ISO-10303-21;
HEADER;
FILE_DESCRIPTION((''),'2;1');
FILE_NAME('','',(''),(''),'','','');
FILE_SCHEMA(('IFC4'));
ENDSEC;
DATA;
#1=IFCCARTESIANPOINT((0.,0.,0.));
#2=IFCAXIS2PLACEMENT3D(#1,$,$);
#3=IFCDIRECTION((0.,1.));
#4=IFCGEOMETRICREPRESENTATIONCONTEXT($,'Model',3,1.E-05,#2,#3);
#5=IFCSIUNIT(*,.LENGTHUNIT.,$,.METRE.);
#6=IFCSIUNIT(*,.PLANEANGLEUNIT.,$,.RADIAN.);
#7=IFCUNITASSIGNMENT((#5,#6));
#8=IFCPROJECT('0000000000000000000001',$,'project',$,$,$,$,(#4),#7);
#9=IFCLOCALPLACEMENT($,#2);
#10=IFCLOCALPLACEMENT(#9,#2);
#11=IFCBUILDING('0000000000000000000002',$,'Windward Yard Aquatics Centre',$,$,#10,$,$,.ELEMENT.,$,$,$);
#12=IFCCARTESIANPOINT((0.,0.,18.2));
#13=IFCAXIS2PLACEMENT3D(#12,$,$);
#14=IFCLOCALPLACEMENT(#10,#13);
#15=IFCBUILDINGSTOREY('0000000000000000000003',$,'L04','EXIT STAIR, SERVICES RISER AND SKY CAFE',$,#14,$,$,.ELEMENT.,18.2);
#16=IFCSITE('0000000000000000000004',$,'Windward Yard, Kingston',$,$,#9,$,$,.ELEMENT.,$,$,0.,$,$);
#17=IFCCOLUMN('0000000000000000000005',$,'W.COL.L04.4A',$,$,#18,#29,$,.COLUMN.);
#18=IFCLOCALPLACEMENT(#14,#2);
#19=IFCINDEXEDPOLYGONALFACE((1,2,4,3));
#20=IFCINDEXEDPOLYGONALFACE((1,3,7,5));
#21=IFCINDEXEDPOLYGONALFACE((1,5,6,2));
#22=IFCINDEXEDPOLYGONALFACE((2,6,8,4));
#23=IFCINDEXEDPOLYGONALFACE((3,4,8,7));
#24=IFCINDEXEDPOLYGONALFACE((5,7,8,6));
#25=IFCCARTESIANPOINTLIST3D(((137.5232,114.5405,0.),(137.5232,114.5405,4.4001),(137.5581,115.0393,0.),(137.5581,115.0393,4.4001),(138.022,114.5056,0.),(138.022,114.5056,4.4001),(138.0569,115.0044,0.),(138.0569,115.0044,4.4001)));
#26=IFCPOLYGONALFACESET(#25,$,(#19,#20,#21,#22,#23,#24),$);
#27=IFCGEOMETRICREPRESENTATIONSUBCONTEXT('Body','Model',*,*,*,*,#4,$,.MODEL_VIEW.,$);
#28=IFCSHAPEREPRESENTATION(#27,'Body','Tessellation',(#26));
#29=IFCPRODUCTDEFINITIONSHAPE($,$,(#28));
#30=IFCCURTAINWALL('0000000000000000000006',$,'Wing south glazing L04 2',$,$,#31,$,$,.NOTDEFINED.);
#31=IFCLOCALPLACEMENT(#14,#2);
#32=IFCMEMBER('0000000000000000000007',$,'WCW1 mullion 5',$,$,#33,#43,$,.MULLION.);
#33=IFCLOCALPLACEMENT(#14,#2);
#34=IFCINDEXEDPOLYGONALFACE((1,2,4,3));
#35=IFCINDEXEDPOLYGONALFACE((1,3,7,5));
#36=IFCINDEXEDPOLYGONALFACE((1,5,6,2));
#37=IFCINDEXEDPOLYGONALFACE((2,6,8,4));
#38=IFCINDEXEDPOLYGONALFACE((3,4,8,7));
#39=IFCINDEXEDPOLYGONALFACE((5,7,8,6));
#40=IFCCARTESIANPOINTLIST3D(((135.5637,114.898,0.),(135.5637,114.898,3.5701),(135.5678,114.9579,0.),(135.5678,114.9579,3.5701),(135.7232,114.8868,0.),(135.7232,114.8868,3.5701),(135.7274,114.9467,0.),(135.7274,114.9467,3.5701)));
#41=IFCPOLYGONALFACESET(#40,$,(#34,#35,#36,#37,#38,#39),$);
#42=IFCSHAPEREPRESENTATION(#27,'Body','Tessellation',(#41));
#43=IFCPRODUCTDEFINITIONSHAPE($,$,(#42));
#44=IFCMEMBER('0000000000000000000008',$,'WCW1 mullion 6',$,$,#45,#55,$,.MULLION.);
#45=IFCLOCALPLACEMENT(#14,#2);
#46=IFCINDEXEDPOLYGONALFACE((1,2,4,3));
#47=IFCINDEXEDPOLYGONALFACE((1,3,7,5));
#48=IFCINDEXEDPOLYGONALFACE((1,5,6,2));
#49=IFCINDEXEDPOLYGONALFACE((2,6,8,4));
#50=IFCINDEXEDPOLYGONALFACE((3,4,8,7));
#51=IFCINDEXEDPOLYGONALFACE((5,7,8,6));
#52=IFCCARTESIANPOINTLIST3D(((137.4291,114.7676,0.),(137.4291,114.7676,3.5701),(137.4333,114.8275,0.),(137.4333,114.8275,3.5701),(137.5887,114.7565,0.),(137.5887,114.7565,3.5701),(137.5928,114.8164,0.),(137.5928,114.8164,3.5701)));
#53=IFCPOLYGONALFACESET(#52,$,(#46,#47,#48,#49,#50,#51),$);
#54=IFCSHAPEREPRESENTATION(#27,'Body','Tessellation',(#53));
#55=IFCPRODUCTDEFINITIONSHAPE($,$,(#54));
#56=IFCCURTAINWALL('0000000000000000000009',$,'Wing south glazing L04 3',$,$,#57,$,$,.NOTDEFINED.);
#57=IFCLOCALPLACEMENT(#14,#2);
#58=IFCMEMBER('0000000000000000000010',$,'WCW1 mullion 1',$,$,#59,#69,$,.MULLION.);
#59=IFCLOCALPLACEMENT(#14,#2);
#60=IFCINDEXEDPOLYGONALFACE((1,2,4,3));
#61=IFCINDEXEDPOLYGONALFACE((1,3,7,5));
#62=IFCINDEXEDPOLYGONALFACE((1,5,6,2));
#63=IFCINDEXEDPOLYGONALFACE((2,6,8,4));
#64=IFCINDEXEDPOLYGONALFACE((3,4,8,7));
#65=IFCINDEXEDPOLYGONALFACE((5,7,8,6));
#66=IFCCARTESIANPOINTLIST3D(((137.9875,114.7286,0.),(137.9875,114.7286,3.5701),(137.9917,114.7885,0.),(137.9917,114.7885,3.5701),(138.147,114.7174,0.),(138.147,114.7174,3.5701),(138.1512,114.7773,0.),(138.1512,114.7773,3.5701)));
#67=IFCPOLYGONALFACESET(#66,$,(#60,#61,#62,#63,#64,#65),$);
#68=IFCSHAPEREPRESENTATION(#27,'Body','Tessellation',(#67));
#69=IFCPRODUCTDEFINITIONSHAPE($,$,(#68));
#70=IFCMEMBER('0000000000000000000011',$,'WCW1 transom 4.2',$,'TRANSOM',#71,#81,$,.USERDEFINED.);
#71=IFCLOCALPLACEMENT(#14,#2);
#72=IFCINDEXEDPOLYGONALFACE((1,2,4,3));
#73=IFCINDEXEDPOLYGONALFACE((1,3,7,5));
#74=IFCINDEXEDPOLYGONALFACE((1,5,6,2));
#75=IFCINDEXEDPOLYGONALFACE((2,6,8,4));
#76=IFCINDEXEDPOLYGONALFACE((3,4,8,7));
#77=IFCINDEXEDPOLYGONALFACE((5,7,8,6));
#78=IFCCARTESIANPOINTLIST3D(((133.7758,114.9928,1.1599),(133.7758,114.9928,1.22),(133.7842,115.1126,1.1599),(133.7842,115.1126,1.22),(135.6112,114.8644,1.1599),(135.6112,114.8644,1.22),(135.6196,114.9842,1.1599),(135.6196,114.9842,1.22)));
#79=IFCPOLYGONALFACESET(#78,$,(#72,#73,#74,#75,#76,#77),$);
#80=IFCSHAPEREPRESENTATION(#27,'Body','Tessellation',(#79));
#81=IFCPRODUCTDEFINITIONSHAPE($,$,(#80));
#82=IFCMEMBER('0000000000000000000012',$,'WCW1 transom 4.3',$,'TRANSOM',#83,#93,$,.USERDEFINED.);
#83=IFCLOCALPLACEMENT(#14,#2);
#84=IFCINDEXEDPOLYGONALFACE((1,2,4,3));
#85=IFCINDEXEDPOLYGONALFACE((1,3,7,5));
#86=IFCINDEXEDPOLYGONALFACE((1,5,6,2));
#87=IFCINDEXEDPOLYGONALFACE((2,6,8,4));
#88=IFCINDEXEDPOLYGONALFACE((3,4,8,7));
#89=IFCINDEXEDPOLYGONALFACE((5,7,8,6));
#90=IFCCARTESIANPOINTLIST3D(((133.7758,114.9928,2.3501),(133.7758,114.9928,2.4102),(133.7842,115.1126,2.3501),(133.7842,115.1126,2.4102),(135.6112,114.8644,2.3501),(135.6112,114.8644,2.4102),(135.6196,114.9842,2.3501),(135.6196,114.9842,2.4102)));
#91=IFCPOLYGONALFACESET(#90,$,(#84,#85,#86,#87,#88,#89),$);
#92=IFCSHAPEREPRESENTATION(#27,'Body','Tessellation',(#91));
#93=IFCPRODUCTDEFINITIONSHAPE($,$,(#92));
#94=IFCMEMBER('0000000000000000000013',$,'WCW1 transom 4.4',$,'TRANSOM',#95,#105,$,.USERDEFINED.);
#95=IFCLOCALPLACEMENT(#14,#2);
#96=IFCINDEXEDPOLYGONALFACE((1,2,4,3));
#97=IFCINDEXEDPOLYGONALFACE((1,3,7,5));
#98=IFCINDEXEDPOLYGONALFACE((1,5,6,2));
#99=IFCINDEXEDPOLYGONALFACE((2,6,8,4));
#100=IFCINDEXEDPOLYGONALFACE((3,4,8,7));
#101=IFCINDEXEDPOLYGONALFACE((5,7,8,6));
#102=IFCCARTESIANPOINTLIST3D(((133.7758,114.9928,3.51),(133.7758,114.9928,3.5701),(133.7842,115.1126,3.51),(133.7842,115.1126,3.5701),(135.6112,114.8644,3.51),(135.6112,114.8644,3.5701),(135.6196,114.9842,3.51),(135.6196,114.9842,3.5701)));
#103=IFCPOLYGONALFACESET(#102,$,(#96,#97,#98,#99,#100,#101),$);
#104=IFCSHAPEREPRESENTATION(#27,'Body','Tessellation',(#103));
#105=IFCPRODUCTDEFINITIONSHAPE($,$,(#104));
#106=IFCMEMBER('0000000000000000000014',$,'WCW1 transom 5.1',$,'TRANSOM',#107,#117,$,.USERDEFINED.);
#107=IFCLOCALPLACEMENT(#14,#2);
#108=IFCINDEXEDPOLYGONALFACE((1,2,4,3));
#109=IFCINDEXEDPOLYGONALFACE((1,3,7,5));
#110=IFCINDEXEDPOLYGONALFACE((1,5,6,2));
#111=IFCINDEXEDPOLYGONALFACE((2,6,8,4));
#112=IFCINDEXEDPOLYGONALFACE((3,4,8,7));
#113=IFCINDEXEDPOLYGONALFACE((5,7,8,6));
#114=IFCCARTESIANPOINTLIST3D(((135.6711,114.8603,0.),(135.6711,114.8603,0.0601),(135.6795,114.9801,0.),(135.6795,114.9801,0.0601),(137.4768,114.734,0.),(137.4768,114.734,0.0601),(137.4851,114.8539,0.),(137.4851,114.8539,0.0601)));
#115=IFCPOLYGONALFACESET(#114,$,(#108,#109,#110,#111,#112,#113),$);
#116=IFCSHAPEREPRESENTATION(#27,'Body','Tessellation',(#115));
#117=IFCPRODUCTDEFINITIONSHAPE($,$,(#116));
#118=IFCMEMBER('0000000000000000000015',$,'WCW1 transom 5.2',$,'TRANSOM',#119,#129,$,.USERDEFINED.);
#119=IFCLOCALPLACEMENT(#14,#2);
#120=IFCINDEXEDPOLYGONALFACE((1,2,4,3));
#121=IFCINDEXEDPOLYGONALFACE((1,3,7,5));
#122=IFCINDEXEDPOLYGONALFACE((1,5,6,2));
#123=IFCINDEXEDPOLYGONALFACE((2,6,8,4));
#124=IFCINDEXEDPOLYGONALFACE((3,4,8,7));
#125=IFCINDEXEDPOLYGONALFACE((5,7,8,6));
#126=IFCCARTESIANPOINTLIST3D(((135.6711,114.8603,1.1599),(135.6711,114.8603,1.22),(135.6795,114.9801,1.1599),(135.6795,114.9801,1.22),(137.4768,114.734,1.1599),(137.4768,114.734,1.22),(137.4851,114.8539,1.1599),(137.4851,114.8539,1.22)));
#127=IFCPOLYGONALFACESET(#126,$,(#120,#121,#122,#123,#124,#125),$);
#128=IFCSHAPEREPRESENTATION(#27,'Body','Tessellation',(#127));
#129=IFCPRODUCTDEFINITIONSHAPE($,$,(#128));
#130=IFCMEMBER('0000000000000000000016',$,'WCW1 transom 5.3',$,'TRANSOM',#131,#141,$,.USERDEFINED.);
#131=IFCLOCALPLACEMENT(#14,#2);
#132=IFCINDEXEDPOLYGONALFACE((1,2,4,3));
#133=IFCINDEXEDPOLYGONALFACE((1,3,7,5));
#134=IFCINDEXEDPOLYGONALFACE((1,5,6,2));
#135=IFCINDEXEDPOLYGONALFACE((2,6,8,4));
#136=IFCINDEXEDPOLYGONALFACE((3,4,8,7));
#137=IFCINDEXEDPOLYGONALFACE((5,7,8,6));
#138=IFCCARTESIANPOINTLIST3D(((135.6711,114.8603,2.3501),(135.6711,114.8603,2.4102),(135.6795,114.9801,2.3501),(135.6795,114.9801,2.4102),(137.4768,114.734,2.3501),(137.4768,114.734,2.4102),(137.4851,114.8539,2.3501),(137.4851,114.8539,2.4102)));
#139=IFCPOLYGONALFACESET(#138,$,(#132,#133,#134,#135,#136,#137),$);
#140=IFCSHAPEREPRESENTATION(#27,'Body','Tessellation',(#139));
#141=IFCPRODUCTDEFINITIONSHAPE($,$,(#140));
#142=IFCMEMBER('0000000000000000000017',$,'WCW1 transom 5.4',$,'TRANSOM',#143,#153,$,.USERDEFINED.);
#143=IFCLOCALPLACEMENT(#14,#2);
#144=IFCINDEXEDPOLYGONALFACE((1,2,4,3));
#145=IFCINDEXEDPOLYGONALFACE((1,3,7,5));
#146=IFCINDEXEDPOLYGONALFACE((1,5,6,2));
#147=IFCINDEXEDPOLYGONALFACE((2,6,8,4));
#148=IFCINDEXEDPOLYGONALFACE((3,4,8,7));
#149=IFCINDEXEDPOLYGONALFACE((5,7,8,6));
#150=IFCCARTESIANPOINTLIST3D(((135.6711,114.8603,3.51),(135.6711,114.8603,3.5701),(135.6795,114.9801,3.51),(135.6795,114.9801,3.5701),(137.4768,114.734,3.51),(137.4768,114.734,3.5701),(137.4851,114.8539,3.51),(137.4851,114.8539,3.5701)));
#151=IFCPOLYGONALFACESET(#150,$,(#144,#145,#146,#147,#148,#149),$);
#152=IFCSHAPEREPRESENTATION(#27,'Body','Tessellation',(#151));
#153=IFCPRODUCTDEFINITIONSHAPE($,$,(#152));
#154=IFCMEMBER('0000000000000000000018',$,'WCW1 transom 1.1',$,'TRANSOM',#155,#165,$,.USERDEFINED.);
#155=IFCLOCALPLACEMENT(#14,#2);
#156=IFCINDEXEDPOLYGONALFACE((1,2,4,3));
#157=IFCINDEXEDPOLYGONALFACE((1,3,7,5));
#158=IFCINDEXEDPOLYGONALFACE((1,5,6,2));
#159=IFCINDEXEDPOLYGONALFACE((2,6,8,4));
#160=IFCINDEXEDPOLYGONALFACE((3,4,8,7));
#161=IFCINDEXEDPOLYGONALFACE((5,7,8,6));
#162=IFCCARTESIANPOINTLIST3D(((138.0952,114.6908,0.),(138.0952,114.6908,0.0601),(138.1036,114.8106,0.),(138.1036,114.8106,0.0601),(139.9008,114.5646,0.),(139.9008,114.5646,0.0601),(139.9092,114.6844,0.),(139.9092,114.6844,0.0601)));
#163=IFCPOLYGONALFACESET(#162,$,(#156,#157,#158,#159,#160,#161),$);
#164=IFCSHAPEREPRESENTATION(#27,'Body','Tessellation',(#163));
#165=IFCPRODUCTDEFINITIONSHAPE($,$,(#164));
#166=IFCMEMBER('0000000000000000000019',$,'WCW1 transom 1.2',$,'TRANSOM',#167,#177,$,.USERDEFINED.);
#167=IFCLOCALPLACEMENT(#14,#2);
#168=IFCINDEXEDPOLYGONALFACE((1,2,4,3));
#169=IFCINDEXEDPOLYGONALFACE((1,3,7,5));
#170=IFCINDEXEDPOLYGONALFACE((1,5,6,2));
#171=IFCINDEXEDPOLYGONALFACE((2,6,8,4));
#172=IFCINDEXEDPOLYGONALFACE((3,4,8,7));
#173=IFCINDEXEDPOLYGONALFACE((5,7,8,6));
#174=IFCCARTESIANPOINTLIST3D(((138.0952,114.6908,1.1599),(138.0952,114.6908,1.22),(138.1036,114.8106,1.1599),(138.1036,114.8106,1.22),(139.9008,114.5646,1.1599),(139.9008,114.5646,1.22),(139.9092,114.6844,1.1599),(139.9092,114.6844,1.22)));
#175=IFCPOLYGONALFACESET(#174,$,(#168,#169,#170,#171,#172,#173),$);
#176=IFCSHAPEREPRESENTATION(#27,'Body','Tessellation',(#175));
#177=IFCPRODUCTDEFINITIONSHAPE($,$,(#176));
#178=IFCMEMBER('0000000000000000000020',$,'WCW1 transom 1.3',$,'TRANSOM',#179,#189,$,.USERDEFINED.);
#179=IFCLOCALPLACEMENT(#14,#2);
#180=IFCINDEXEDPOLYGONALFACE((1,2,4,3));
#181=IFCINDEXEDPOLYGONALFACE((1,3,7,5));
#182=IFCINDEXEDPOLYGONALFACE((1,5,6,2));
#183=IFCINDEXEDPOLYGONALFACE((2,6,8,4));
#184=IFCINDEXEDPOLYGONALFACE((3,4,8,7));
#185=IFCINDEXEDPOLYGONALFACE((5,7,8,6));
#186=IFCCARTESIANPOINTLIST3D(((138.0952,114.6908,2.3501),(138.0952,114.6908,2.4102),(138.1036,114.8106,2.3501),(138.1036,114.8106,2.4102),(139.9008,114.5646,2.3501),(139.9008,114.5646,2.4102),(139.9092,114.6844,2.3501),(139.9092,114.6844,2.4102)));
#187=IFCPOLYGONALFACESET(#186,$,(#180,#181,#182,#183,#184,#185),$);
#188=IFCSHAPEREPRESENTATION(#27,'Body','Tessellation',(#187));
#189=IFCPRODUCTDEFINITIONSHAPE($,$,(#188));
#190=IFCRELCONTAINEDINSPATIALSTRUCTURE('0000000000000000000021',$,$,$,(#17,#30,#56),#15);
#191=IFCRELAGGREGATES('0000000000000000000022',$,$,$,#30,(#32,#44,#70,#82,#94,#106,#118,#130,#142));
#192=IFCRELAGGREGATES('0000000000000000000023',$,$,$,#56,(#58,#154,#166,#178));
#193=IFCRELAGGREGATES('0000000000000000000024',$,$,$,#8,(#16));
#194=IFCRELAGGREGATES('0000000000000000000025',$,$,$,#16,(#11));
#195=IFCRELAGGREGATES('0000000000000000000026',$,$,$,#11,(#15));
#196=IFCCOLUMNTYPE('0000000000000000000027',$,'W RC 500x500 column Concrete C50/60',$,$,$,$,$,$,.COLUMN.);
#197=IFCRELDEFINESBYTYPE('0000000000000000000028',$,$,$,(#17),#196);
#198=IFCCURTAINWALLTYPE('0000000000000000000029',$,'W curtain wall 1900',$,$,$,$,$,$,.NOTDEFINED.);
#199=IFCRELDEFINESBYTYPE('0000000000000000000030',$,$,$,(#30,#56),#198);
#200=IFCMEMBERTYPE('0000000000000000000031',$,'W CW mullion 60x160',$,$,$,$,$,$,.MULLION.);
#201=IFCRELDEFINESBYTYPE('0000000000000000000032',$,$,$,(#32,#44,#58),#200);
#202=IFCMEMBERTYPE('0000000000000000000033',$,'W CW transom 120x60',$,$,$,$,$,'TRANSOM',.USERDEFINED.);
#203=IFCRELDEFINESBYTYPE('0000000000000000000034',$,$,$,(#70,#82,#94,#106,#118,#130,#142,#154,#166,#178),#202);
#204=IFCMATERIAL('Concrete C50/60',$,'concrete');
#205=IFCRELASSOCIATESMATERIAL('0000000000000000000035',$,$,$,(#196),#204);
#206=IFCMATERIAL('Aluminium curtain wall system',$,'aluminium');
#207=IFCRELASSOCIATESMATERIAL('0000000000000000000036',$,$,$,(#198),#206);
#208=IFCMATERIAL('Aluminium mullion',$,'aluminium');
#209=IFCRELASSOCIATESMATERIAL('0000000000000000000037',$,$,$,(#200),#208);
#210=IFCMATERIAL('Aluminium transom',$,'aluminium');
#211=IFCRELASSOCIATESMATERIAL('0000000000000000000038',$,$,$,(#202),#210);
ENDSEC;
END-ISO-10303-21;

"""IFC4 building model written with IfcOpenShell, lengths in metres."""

from ifc_helpers import new_model, si_unit, direction, frame, origin, origin_2d, place, context, subcontext, project, spatial, rectangle, extrude, material, material_profile, profile_set, type_object, element, aggregate, save


model = new_model("IFC4")

# Units and contexts
model_context = context("Model", 3, precision=1e-05, world=origin(), true_north=direction((0.0, 1.0)))
body_context = subcontext(model_context, "Body", "Model", "MODEL_VIEW")
ifc_project = project(units=[si_unit("LENGTHUNIT", "METRE"), si_unit("PLANEANGLEUNIT", "RADIAN")], contexts=[model_context])

# Site, building, storey
site_placement = place(None, origin())
site = spatial("IfcSite", under=ifc_project, at=site_placement, Name="Windward Yard, Kingston", CompositionType="ELEMENT", RefElevation=0.0)
building_placement = place(site_placement, origin())
building = spatial("IfcBuilding", under=site, at=building_placement, Name="Windward Yard Aquatics Centre", CompositionType="ELEMENT")
storey_placement = place(building_placement, frame((0.0, 0.0, 18.2)))
storey = spatial("IfcBuildingStorey", under=building, at=storey_placement, Name="L04", Description="EXIT STAIR, SERVICES RISER AND SKY CAFE", CompositionType="ELEMENT", Elevation=18.2)

# Column
ifc_material_1 = material(Name="Concrete C50/60", Category="concrete")
ifc_material_profile_1 = material_profile(ifc_material_1, rectangle(XDim=0.5, YDim=0.5, at=origin_2d()), Name="RC 500x500")
ifc_profile_set_1 = profile_set([ifc_material_profile_1], Name="Concrete C50/60")
column_type = type_object("IfcColumnType", Name="W RC 500x500 column Concrete C50/60", PredefinedType="COLUMN", material=ifc_profile_set_1)
column_placement = place(storey_placement, frame((137.79, 114.7725, 0.0), z_axis=(0.0, 0.0, 1.0), x_axis=(0.997564, -0.069756, 0.0)))
element("IfcColumn", 1, at=column_placement, inside=storey, type_object=column_type, Name="W.COL.L04.4A", PredefinedType="COLUMN", context=body_context, shape_type="SweptSolid", body=[
    extrude(rectangle(XDim=0.5, YDim=0.5, at=origin_2d()), origin(), (0.0, 0.0, 1.0), 4.4001),
])

# Curtain wall, members
ifc_material_2 = material(Name="Aluminium curtain wall system", Category="aluminium")
curtain_wall_type = type_object("IfcCurtainWallType", Name="W curtain wall 1900", PredefinedType="NOTDEFINED", material=ifc_material_2)
curtain_wall_1_placement = place(storey_placement, origin())
curtain_wall_1 = element("IfcCurtainWall", 2, at=curtain_wall_1_placement, inside=storey, type_object=curtain_wall_type, Name="Wing south glazing L04 2", PredefinedType="NOTDEFINED")
ifc_material_3 = material(Name="Aluminium mullion", Category="aluminium")
ifc_material_profile_2 = material_profile(ifc_material_3, rectangle(XDim=0.0601, YDim=0.1599, at=origin_2d()), Name="AL 60x160")
ifc_profile_set_2 = profile_set([ifc_material_profile_2], Name="Aluminium mullion")
member_type_1 = type_object("IfcMemberType", Name="W CW mullion 60x160", PredefinedType="MULLION", material=ifc_profile_set_2)
member_1_placement = place(storey_placement, frame((135.6455, 114.9224, 0.0), z_axis=(0.0, 0.0, 1.0), x_axis=(0.069758, 0.997564, 0.0)))
member_1 = element("IfcMember", 3, at=member_1_placement, type_object=member_type_1, Name="WCW1 mullion 5", PredefinedType="MULLION", context=body_context, shape_type="SweptSolid", body=[
    extrude(rectangle(XDim=0.0601, YDim=0.1599, at=origin_2d()), origin(), (0.0, 0.0, 1.0), 3.5701),
])
member_2_placement = place(storey_placement, frame((137.511, 114.792, 0.0), z_axis=(0.0, 0.0, 1.0), x_axis=(0.069758, 0.997564, 0.0)))
member_2 = element("IfcMember", 4, at=member_2_placement, type_object=member_type_1, Name="WCW1 mullion 6", PredefinedType="MULLION", context=body_context, shape_type="SweptSolid", body=[
    extrude(rectangle(XDim=0.0601, YDim=0.1599, at=origin_2d()), origin(), (0.0, 0.0, 1.0), 3.5701),
])

# Curtain wall, member
curtain_wall_2_placement = place(storey_placement, origin())
curtain_wall_2 = element("IfcCurtainWall", 5, at=curtain_wall_2_placement, inside=storey, type_object=curtain_wall_type, Name="Wing south glazing L04 3", PredefinedType="NOTDEFINED")
member_3_placement = place(storey_placement, frame((138.0693, 114.7529, 0.0), z_axis=(0.0, 0.0, 1.0), x_axis=(0.069758, 0.997564, 0.0)))
member_3 = element("IfcMember", 6, at=member_3_placement, type_object=member_type_1, Name="WCW1 mullion 1", PredefinedType="MULLION", context=body_context, shape_type="SweptSolid", body=[
    extrude(rectangle(XDim=0.0601, YDim=0.1599, at=origin_2d()), origin(), (0.0, 0.0, 1.0), 3.5701),
])

# Members
ifc_material_4 = material(Name="Aluminium transom", Category="aluminium")
ifc_material_profile_3 = material_profile(ifc_material_4, rectangle(XDim=0.1201, YDim=0.0601, at=origin_2d()), Name="AL 120x60")
ifc_profile_set_3 = profile_set([ifc_material_profile_3], Name="Aluminium transom")
member_type_2 = type_object("IfcMemberType", Name="W CW transom 120x60", ElementType="TRANSOM", PredefinedType="USERDEFINED", material=ifc_profile_set_3)
member_4_placement = place(storey_placement, frame((133.78, 115.0527, 1.1899), z_axis=(0.997561, -0.069795, 0.0), x_axis=(0.069795, 0.997561, 0.0)))
member_4 = element("IfcMember", 7, at=member_4_placement, type_object=member_type_2, Name="WCW1 transom 4.2", ObjectType="TRANSOM", PredefinedType="USERDEFINED", context=body_context, shape_type="SweptSolid", body=[
    extrude(rectangle(XDim=0.1201, YDim=0.0601, at=origin_2d()), origin(), (0.0, 0.0, 1.0), 1.8398),
])
member_5_placement = place(storey_placement, frame((133.78, 115.0527, 2.3801), z_axis=(0.997561, -0.069795, 0.0), x_axis=(0.069795, 0.997561, 0.0)))
member_5 = element("IfcMember", 8, at=member_5_placement, type_object=member_type_2, Name="WCW1 transom 4.3", ObjectType="TRANSOM", PredefinedType="USERDEFINED", context=body_context, shape_type="SweptSolid", body=[
    extrude(rectangle(XDim=0.1201, YDim=0.0601, at=origin_2d()), origin(), (0.0, 0.0, 1.0), 1.8398),
])
member_6_placement = place(storey_placement, frame((133.78, 115.0527, 3.54), z_axis=(0.997561, -0.069795, 0.0), x_axis=(0.069795, 0.997561, 0.0)))
member_6 = element("IfcMember", 9, at=member_6_placement, type_object=member_type_2, Name="WCW1 transom 4.4", ObjectType="TRANSOM", PredefinedType="USERDEFINED", context=body_context, shape_type="SweptSolid", body=[
    extrude(rectangle(XDim=0.1201, YDim=0.0601, at=origin_2d()), origin(), (0.0, 0.0, 1.0), 1.8398),
])
member_7_placement = place(storey_placement, frame((135.6753, 114.9202, 0.03), z_axis=(0.997566, -0.069732, 0.0), x_axis=(0.069732, 0.997566, 0.0)))
member_7 = element("IfcMember", 10, at=member_7_placement, type_object=member_type_2, Name="WCW1 transom 5.1", ObjectType="TRANSOM", PredefinedType="USERDEFINED", context=body_context, shape_type="SweptSolid", body=[
    extrude(rectangle(XDim=0.1201, YDim=0.0601, at=origin_2d()), origin(), (0.0, 0.0, 1.0), 1.8101),
])
member_8_placement = place(storey_placement, frame((135.6753, 114.9202, 1.1899), z_axis=(0.997566, -0.069732, 0.0), x_axis=(0.069732, 0.997566, 0.0)))
member_8 = element("IfcMember", 11, at=member_8_placement, type_object=member_type_2, Name="WCW1 transom 5.2", ObjectType="TRANSOM", PredefinedType="USERDEFINED", context=body_context, shape_type="SweptSolid", body=[
    extrude(rectangle(XDim=0.1201, YDim=0.0601, at=origin_2d()), origin(), (0.0, 0.0, 1.0), 1.8101),
])
member_9_placement = place(storey_placement, frame((135.6753, 114.9202, 2.3801), z_axis=(0.997566, -0.069732, 0.0), x_axis=(0.069732, 0.997566, 0.0)))
member_9 = element("IfcMember", 12, at=member_9_placement, type_object=member_type_2, Name="WCW1 transom 5.3", ObjectType="TRANSOM", PredefinedType="USERDEFINED", context=body_context, shape_type="SweptSolid", body=[
    extrude(rectangle(XDim=0.1201, YDim=0.0601, at=origin_2d()), origin(), (0.0, 0.0, 1.0), 1.8101),
])
member_10_placement = place(storey_placement, frame((135.6753, 114.9202, 3.54), z_axis=(0.997566, -0.069732, 0.0), x_axis=(0.069732, 0.997566, 0.0)))
member_10 = element("IfcMember", 13, at=member_10_placement, type_object=member_type_2, Name="WCW1 transom 5.4", ObjectType="TRANSOM", PredefinedType="USERDEFINED", context=body_context, shape_type="SweptSolid", body=[
    extrude(rectangle(XDim=0.1201, YDim=0.0601, at=origin_2d()), origin(), (0.0, 0.0, 1.0), 1.8101),
])
member_11_placement = place(storey_placement, frame((138.0994, 114.7507, 0.03), z_axis=(0.997566, -0.069732, 0.0), x_axis=(0.069732, 0.997566, 0.0)))
member_11 = element("IfcMember", 14, at=member_11_placement, type_object=member_type_2, Name="WCW1 transom 1.1", ObjectType="TRANSOM", PredefinedType="USERDEFINED", context=body_context, shape_type="SweptSolid", body=[
    extrude(rectangle(XDim=0.1201, YDim=0.0601, at=origin_2d()), origin(), (0.0, 0.0, 1.0), 1.8101),
])
member_12_placement = place(storey_placement, frame((138.0994, 114.7507, 1.1899), z_axis=(0.997566, -0.069732, 0.0), x_axis=(0.069732, 0.997566, 0.0)))
member_12 = element("IfcMember", 15, at=member_12_placement, type_object=member_type_2, Name="WCW1 transom 1.2", ObjectType="TRANSOM", PredefinedType="USERDEFINED", context=body_context, shape_type="SweptSolid", body=[
    extrude(rectangle(XDim=0.1201, YDim=0.0601, at=origin_2d()), origin(), (0.0, 0.0, 1.0), 1.8101),
])
member_13_placement = place(storey_placement, frame((138.0994, 114.7507, 2.3801), z_axis=(0.997566, -0.069732, 0.0), x_axis=(0.069732, 0.997566, 0.0)))
member_13 = element("IfcMember", 16, at=member_13_placement, type_object=member_type_2, Name="WCW1 transom 1.3", ObjectType="TRANSOM", PredefinedType="USERDEFINED", context=body_context, shape_type="SweptSolid", body=[
    extrude(rectangle(XDim=0.1201, YDim=0.0601, at=origin_2d()), origin(), (0.0, 0.0, 1.0), 1.8101),
])

aggregate(curtain_wall_1, [member_1, member_2, member_4, member_5, member_6, member_7, member_8, member_9, member_10])
aggregate(curtain_wall_2, [member_3, member_11, member_12, member_13])

save(model, "model.ifc")
